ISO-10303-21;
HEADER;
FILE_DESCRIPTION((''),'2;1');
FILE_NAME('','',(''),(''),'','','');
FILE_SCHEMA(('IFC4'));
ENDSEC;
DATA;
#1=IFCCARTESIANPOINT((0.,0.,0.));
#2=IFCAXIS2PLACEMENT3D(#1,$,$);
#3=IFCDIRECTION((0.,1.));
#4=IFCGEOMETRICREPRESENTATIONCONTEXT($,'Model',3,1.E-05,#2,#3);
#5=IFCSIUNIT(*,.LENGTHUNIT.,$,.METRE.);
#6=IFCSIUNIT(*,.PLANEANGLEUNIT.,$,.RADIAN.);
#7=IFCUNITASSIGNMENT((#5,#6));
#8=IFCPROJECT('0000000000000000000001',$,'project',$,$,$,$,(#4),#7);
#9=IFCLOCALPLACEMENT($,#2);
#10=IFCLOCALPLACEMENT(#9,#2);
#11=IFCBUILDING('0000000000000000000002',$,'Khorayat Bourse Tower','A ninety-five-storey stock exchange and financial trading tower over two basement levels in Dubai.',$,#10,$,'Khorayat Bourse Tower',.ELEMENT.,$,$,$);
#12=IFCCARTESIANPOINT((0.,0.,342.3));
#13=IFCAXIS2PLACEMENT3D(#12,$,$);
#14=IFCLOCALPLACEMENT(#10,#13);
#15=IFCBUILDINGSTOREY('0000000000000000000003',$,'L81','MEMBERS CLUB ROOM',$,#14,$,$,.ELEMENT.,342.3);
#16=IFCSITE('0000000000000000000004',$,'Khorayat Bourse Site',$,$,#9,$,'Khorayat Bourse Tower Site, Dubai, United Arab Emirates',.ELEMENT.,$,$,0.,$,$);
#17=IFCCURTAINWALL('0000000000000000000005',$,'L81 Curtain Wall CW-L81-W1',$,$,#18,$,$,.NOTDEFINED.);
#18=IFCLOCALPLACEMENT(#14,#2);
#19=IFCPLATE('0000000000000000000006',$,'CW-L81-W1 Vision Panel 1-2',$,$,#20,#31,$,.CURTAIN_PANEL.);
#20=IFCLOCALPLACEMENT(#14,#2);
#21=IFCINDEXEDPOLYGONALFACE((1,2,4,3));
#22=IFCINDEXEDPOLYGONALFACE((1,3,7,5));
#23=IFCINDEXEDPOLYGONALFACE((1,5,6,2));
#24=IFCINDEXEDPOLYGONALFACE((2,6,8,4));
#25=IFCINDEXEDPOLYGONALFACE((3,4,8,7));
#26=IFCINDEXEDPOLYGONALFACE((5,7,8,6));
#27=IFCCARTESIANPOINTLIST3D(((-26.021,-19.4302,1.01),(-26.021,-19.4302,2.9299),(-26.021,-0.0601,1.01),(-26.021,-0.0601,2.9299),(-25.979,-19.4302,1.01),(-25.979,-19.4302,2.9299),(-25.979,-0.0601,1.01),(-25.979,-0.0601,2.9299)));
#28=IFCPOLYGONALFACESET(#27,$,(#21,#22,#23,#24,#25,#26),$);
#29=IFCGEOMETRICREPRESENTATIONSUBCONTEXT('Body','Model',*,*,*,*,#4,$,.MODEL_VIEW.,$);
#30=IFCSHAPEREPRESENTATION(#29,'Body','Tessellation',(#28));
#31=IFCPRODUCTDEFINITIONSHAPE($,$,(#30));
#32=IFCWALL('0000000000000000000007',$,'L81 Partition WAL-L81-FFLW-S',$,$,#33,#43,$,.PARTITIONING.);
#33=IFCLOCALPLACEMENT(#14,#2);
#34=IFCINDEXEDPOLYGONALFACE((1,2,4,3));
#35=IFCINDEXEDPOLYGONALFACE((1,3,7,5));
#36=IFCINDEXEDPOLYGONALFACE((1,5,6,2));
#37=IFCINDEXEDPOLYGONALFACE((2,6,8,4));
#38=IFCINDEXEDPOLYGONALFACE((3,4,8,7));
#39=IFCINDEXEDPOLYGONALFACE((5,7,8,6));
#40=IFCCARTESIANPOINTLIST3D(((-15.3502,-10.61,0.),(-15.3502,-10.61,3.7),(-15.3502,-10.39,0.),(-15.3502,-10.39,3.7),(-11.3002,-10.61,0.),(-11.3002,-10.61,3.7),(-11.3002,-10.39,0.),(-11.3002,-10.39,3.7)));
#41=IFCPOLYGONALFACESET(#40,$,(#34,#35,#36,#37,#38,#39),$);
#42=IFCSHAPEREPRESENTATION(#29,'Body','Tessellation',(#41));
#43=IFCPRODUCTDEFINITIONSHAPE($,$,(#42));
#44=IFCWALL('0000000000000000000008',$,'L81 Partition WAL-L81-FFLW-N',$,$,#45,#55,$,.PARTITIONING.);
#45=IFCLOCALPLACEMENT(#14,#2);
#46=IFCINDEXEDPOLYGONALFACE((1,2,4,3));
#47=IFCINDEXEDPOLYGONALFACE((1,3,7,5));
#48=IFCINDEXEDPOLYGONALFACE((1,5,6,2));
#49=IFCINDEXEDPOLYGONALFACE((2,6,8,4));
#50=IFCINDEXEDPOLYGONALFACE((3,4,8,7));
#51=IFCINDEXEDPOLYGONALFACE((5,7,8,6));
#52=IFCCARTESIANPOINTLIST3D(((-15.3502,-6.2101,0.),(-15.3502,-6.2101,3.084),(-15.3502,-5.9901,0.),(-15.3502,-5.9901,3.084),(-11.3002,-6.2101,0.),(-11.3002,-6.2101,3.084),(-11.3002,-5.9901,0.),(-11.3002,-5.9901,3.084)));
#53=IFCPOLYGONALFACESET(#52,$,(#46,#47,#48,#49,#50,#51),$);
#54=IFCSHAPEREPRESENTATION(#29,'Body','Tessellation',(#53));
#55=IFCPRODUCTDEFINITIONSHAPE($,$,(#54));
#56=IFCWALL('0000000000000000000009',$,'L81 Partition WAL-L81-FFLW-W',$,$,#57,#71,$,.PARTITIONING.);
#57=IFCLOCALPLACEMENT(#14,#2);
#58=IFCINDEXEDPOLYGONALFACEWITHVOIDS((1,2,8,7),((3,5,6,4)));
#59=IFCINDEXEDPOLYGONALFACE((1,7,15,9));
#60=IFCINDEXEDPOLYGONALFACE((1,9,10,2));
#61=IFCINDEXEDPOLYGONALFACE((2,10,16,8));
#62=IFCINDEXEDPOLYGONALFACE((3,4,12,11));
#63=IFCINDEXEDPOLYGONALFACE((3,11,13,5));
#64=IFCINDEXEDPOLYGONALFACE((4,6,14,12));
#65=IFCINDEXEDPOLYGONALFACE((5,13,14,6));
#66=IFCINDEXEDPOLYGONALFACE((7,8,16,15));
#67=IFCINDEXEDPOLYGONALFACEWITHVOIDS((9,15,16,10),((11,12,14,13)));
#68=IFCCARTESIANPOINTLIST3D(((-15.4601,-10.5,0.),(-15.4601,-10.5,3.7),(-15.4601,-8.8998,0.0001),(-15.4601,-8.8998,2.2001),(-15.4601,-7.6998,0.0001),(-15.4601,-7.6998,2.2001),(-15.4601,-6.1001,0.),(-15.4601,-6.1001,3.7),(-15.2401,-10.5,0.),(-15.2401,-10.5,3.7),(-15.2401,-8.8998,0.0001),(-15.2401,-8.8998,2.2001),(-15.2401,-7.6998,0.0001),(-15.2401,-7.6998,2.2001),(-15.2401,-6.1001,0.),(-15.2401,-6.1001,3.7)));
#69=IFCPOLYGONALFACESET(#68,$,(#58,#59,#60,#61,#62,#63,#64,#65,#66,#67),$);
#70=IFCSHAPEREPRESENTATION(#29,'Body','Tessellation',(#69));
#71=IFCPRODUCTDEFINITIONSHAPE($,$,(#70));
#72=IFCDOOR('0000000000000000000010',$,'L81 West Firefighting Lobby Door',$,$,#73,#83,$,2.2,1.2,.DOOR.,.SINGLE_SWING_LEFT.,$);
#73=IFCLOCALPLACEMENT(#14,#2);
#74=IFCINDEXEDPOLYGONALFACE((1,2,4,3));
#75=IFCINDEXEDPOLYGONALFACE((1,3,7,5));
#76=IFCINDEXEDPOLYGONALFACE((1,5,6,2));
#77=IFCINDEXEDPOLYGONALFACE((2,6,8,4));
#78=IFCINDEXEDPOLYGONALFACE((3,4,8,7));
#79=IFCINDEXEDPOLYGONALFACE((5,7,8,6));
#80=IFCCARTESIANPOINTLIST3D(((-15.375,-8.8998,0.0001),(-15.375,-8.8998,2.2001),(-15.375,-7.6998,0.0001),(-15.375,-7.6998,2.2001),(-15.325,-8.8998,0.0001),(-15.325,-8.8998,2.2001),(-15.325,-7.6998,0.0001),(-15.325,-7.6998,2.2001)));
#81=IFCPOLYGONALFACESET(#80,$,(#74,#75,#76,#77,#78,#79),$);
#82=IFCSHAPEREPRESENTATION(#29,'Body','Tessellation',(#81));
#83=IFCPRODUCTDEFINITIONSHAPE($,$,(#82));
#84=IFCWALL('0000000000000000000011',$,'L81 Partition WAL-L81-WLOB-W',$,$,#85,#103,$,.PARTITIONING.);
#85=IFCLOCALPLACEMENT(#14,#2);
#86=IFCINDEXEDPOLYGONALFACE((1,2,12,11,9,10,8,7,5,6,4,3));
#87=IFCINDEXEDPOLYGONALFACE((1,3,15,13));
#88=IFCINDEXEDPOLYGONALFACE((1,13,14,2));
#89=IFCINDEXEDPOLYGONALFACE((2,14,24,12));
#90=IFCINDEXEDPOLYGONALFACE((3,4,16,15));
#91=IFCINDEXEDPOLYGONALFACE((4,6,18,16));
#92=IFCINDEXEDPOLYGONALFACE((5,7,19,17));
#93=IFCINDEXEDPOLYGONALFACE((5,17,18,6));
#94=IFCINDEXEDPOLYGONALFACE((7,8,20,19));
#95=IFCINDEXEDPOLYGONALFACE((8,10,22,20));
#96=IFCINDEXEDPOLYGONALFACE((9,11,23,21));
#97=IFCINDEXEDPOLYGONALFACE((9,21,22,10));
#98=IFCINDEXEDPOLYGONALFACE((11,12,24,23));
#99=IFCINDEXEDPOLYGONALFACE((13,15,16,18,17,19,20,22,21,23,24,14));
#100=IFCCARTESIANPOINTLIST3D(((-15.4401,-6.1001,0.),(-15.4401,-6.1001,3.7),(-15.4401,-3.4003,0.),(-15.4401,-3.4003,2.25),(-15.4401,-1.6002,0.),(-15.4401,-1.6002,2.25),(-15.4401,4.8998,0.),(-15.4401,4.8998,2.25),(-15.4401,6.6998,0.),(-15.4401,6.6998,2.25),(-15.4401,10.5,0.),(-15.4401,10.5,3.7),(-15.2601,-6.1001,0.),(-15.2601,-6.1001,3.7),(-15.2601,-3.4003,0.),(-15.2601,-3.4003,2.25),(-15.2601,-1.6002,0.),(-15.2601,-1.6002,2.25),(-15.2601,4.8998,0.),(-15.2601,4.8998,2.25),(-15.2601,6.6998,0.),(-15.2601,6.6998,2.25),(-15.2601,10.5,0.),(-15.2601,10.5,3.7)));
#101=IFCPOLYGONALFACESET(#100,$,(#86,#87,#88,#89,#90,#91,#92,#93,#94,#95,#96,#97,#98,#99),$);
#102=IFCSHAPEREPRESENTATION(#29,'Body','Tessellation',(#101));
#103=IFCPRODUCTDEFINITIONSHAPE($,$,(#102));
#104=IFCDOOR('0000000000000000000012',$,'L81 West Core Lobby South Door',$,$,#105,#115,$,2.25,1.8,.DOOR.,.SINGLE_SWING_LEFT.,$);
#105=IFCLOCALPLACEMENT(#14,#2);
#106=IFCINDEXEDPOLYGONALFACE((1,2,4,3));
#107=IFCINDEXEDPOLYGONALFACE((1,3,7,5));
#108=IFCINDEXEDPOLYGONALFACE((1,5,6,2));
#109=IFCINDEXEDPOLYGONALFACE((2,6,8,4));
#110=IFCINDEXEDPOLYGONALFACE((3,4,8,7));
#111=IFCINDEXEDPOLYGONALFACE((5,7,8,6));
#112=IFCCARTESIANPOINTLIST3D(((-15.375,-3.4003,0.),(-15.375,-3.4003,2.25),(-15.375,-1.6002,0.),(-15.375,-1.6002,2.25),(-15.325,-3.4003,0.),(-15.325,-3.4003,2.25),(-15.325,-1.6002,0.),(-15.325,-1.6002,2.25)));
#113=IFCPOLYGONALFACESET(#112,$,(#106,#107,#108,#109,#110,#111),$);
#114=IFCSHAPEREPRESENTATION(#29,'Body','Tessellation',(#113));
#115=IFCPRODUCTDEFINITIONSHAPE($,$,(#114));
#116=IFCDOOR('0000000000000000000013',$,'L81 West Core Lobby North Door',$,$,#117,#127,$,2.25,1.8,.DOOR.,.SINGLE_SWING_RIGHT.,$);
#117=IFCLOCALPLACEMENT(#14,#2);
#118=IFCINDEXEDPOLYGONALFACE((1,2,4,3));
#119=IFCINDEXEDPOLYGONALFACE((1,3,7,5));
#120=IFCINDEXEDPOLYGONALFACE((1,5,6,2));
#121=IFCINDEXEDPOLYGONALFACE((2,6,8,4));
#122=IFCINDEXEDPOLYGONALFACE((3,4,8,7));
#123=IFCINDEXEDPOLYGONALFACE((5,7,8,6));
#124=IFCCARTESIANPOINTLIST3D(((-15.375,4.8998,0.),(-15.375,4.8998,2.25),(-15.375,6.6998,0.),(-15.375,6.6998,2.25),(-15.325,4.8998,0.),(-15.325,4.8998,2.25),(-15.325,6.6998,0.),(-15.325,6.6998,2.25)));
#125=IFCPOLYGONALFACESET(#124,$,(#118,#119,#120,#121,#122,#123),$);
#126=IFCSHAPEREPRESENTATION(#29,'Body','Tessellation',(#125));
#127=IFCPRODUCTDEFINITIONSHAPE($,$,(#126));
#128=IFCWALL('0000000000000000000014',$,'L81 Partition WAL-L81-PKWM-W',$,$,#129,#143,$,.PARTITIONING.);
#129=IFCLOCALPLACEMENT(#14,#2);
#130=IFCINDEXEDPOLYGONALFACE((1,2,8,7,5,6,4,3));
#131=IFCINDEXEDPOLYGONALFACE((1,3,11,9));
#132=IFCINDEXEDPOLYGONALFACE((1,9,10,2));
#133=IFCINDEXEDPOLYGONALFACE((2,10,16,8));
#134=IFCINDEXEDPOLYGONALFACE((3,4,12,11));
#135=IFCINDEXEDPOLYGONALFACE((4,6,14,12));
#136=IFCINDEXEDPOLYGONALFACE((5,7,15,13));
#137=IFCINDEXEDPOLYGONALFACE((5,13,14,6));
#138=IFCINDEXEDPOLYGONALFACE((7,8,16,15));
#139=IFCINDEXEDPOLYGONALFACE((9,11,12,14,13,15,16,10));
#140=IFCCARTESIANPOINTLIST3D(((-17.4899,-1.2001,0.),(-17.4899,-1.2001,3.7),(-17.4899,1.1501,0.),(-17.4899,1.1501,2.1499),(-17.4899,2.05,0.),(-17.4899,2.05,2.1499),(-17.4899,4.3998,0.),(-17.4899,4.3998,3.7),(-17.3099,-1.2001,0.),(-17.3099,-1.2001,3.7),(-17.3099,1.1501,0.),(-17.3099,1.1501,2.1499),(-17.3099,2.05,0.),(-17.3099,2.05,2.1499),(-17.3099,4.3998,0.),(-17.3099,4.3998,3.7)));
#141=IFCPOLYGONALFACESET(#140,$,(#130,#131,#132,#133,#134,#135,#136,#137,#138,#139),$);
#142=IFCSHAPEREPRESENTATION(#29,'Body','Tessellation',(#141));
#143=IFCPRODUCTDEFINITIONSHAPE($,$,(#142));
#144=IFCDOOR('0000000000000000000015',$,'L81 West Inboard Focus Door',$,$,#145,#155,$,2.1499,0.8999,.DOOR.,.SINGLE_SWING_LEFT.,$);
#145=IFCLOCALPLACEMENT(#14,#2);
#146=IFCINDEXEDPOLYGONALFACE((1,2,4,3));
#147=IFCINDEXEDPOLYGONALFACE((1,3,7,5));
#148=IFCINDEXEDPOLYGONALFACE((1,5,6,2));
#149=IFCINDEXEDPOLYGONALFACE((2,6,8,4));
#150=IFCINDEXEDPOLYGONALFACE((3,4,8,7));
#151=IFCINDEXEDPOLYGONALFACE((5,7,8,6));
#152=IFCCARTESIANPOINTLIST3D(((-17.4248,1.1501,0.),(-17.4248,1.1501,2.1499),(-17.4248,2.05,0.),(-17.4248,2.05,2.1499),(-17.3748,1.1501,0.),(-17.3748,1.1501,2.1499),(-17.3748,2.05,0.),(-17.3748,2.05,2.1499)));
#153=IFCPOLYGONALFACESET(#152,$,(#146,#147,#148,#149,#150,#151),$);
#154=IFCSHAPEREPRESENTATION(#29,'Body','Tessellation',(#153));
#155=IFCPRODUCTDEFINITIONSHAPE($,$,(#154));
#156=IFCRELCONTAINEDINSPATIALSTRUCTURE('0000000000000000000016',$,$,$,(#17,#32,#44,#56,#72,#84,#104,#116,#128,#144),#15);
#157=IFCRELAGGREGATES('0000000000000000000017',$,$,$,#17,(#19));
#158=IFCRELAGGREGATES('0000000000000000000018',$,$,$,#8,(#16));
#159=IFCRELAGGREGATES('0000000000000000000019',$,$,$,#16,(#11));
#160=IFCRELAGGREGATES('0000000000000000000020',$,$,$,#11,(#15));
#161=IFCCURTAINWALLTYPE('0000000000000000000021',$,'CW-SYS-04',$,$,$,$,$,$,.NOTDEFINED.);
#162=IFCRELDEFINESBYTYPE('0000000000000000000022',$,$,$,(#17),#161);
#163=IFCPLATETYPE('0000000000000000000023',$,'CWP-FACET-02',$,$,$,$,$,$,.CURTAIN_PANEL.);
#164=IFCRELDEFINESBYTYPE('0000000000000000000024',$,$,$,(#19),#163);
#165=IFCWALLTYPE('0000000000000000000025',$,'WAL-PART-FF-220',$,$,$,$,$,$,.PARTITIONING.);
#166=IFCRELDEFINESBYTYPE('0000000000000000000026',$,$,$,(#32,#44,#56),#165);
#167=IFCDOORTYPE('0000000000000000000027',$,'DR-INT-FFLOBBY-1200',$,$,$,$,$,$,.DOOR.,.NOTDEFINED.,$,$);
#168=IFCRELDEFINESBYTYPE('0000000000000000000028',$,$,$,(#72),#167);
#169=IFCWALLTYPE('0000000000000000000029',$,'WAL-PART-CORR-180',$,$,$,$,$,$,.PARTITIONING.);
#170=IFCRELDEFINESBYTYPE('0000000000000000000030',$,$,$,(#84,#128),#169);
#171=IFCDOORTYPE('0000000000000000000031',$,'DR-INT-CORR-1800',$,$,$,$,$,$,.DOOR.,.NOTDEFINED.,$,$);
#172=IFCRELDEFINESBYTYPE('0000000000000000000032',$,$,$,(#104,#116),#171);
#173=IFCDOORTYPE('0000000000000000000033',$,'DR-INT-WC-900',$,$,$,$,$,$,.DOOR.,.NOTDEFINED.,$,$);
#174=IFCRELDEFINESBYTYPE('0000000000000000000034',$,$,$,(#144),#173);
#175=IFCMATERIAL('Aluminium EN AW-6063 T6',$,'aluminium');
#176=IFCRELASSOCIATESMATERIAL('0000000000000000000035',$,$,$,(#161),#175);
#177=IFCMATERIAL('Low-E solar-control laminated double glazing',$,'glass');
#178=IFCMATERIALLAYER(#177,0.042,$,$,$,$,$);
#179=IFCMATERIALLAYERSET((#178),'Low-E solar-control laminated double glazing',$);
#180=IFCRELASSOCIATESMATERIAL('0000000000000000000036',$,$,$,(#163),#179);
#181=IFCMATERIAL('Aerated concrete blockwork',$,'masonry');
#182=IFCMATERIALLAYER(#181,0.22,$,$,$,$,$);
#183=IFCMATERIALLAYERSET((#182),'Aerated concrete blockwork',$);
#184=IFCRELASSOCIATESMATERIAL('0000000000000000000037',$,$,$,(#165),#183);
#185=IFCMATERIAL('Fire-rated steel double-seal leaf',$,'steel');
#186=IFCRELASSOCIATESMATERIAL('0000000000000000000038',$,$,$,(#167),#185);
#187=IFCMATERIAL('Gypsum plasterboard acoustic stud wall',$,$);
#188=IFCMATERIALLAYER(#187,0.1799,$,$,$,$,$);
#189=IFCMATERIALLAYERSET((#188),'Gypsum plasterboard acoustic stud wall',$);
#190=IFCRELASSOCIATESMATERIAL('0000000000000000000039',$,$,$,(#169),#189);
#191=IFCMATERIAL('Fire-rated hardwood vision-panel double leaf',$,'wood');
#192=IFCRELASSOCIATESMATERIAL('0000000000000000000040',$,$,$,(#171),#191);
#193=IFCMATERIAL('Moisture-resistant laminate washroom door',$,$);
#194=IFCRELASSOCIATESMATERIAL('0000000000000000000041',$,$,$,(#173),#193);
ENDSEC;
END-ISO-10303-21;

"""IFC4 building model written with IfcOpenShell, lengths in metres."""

from ifc_helpers import new_model, si_unit, direction, frame, frame_2d, origin, origin_2d, place, context, subcontext, project, spatial, rectangle, extrude, source, transform, mapped, material, layer, layer_set, type_object, element, fill, aggregate, save


model = new_model("IFC4")

# Units and contexts
model_context = context("Model", 3, precision=1e-05, world=origin(), true_north=direction((0.0, 1.0)))
body_context = subcontext(model_context, "Body", "Model", "MODEL_VIEW")
ifc_project = project(units=[si_unit("LENGTHUNIT", "METRE"), si_unit("PLANEANGLEUNIT", "RADIAN")], contexts=[model_context])

# Site, building, storey
site_placement = place(None, origin())
site = spatial("IfcSite", under=ifc_project, at=site_placement, Name="Khorayat Bourse Site", LongName="Khorayat Bourse Tower Site, Dubai, United Arab Emirates", CompositionType="ELEMENT", RefElevation=0.0)
building_placement = place(site_placement, origin())
building = spatial("IfcBuilding", under=site, at=building_placement, Name="Khorayat Bourse Tower", Description="A ninety-five-storey stock exchange and financial trading tower over two basement levels in Dubai.", LongName="Khorayat Bourse Tower", CompositionType="ELEMENT")
storey_placement = place(building_placement, frame((0.0, 0.0, 342.3)))
storey = spatial("IfcBuildingStorey", under=building, at=storey_placement, Name="L81", Description="MEMBERS CLUB ROOM", CompositionType="ELEMENT", Elevation=342.3)

# Curtain wall
ifc_material_1 = material(Name="Aluminium EN AW-6063 T6", Category="aluminium")
curtain_wall_type = type_object("IfcCurtainWallType", Name="CW-SYS-04", PredefinedType="NOTDEFINED", material=ifc_material_1)
curtain_wall_placement = place(storey_placement, origin())
curtain_wall = element("IfcCurtainWall", 1, at=curtain_wall_placement, inside=storey, type_object=curtain_wall_type, Name="L81 Curtain Wall CW-L81-W1", PredefinedType="NOTDEFINED")

# Plate
ifc_material_2 = material(Name="Low-E solar-control laminated double glazing", Category="glass")
ifc_layer_1 = layer(ifc_material_2, 0.042)
ifc_layer_set_1 = layer_set([ifc_layer_1], Name="Low-E solar-control laminated double glazing")
plate_type_1 = type_object("IfcPlateType", Name="CWP-FACET-02", PredefinedType="CURTAIN_PANEL", material=ifc_layer_set_1)
shared_shape_1 = source(origin(), body_context, "Body", "SweptSolid", [
    extrude(rectangle(XDim=19.3701, YDim=0.042, at=origin_2d()), origin(), (0.0, 0.0, 1.0), 1.9199),
])
plate_1_placement = place(storey_placement, frame((-26.0, -9.7451, 1.01), z_axis=(0.0, 0.0, 1.0), x_axis=(0.0, 1.0, 0.0)))
plate_1 = element("IfcPlate", 2, at=plate_1_placement, type_object=plate_type_1, Name="CW-L81-W1 Vision Panel 1-2", PredefinedType="CURTAIN_PANEL", context=body_context, shape_type="MappedRepresentation", body=[
    mapped(shared_shape_1, transform((0.0, 0.0, 0.0), scale=1.0)),
])
aggregate(curtain_wall, [plate_1])

# Walls
ifc_material_3 = material(Name="Aerated concrete blockwork", Category="masonry")
ifc_layer_2 = layer(ifc_material_3, 0.22)
ifc_layer_set_2 = layer_set([ifc_layer_2], Name="Aerated concrete blockwork")
wall_type_1 = type_object("IfcWallType", Name="WAL-PART-FF-220", PredefinedType="PARTITIONING", material=ifc_layer_set_2)
shared_shape_2 = source(origin(), body_context, "Body", "SweptSolid", [
    extrude(rectangle(XDim=4.05, YDim=0.22, at=frame_2d((2.0249, 0.0))), origin(), (0.0, 0.0, 1.0), 3.7),
])
wall_1_placement = place(storey_placement, frame((-15.3501, -10.5, 0.0), z_axis=(0.0, 0.0, 1.0), x_axis=(1.0, 0.0, 0.0)))
element("IfcWall", 3, at=wall_1_placement, inside=storey, type_object=wall_type_1, Name="L81 Partition WAL-L81-FFLW-S", PredefinedType="PARTITIONING", context=body_context, shape_type="MappedRepresentation", body=[
    mapped(shared_shape_2, transform((0.0, 0.0, 0.0), scale=1.0)),
])
shared_shape_3 = source(origin(), body_context, "Body", "SweptSolid", [
    extrude(rectangle(XDim=4.05, YDim=0.22, at=frame_2d((2.0249, 0.0))), origin(), (0.0, 0.0, 1.0), 3.084),
])
wall_2_placement = place(storey_placement, frame((-15.3501, -6.1001, 0.0), z_axis=(0.0, 0.0, 1.0), x_axis=(1.0, 0.0, 0.0)))
element("IfcWall", 4, at=wall_2_placement, inside=storey, type_object=wall_type_1, Name="L81 Partition WAL-L81-FFLW-N", PredefinedType="PARTITIONING", context=body_context, shape_type="MappedRepresentation", body=[
    mapped(shared_shape_3, transform((0.0, 0.0, 0.0), scale=1.0)),
])

# Wall, opening, door
shared_shape_4 = source(origin(), body_context, "Body", "SweptSolid", [
    extrude(rectangle(XDim=4.3999, YDim=0.22, at=frame_2d((2.2, 0.0))), origin(), (0.0, 0.0, 1.0), 3.7),
])
wall_3_placement = place(storey_placement, frame((-15.3501, -10.5, 0.0), z_axis=(0.0, 0.0, 1.0), x_axis=(0.0, 1.0, 0.0)))
wall_3 = element("IfcWall", 5, at=wall_3_placement, inside=storey, type_object=wall_type_1, Name="L81 Partition WAL-L81-FFLW-W", PredefinedType="PARTITIONING", context=body_context, shape_type="MappedRepresentation", body=[
    mapped(shared_shape_4, transform((0.0, 0.0, 0.0), scale=1.0)),
])
shared_shape_5 = source(origin(), body_context, "Body", "SweptSolid", [
    extrude(rectangle(XDim=1.2, YDim=2.2, at=frame_2d((0.6001, 1.1001))), frame((0.0, 0.1199, 0.0), z_axis=(0.0, -1.0, 0.0), x_axis=(1.0, 0.0, 0.0)), (0.0, 0.0, 1.0), 0.24),
])
opening_1_placement = place(wall_3_placement, frame((1.6001, 0.0, 0.0)))
opening_1 = element("IfcOpeningElement", 6, at=opening_1_placement, cuts=wall_3, PredefinedType="OPENING", context=body_context, shape_type="MappedRepresentation", body=[
    mapped(shared_shape_5, transform((0.0, 0.0, 0.0), scale=1.0)),
])
ifc_material_4 = material(Name="Fire-rated steel double-seal leaf", Category="steel")
door_type_1 = type_object("IfcDoorType", Name="DR-INT-FFLOBBY-1200", OperationType="NOTDEFINED", PredefinedType="DOOR", material=ifc_material_4)
shared_shape_6 = source(origin(), body_context, "Body", "SweptSolid", [
    extrude(rectangle(XDim=1.2, YDim=2.2, at=frame_2d((0.6001, 1.1001))), frame((0.0, 0.0249, 0.0), z_axis=(0.0, -1.0, 0.0), x_axis=(1.0, 0.0, 0.0)), (0.0, 0.0, 1.0), 0.05),
])
door_1_placement = place(opening_1_placement, origin())
door_1 = element("IfcDoor", 7, at=door_1_placement, inside=storey, type_object=door_type_1, Name="L81 West Firefighting Lobby Door", OperationType="SINGLE_SWING_LEFT", OverallHeight=2.2, OverallWidth=1.2, PredefinedType="DOOR", context=body_context, shape_type="MappedRepresentation", body=[
    mapped(shared_shape_6, transform((0.0, 0.0, 0.0), scale=1.0)),
])
fill(opening_1, door_1)

# Wall, openings, doors
ifc_material_5 = material(Name="Gypsum plasterboard acoustic stud wall")
ifc_layer_3 = layer(ifc_material_5, 0.1799)
ifc_layer_set_3 = layer_set([ifc_layer_3], Name="Gypsum plasterboard acoustic stud wall")
wall_type_2 = type_object("IfcWallType", Name="WAL-PART-CORR-180", PredefinedType="PARTITIONING", material=ifc_layer_set_3)
shared_shape_7 = source(origin(), body_context, "Body", "SweptSolid", [
    extrude(rectangle(XDim=16.6001, YDim=0.1799, at=frame_2d((8.3, 0.0))), origin(), (0.0, 0.0, 1.0), 3.7),
])
wall_4_placement = place(storey_placement, frame((-15.3501, -6.1001, 0.0), z_axis=(0.0, 0.0, 1.0), x_axis=(0.0, 1.0, 0.0)))
wall_4 = element("IfcWall", 8, at=wall_4_placement, inside=storey, type_object=wall_type_2, Name="L81 Partition WAL-L81-WLOB-W", PredefinedType="PARTITIONING", context=body_context, shape_type="MappedRepresentation", body=[
    mapped(shared_shape_7, transform((0.0, 0.0, 0.0), scale=1.0)),
])
shared_shape_8 = source(origin(), body_context, "Body", "SweptSolid", [
    extrude(rectangle(XDim=1.8, YDim=2.25, at=frame_2d((0.8999, 1.125))), frame((0.0, 0.0999, 0.0), z_axis=(0.0, -1.0, 0.0), x_axis=(1.0, 0.0, 0.0)), (0.0, 0.0, 1.0), 0.2),
])
opening_2_placement = place(wall_4_placement, frame((2.7, 0.0, 0.0)))
opening_2 = element("IfcOpeningElement", 9, at=opening_2_placement, cuts=wall_4, PredefinedType="OPENING", context=body_context, shape_type="MappedRepresentation", body=[
    mapped(shared_shape_8, transform((0.0, 0.0, 0.0), scale=1.0)),
])
opening_3_placement = place(wall_4_placement, frame((11.0, 0.0, 0.0)))
opening_3 = element("IfcOpeningElement", 10, at=opening_3_placement, cuts=wall_4, PredefinedType="OPENING", context=body_context, shape_type="MappedRepresentation", body=[
    mapped(shared_shape_8, transform((0.0, 0.0, 0.0), scale=1.0)),
])
ifc_material_6 = material(Name="Fire-rated hardwood vision-panel double leaf", Category="wood")
door_type_2 = type_object("IfcDoorType", Name="DR-INT-CORR-1800", OperationType="NOTDEFINED", PredefinedType="DOOR", material=ifc_material_6)
shared_shape_9 = source(origin(), body_context, "Body", "SweptSolid", [
    extrude(rectangle(XDim=1.8, YDim=2.25, at=frame_2d((0.8999, 1.125))), frame((0.0, 0.0249, 0.0), z_axis=(0.0, -1.0, 0.0), x_axis=(1.0, 0.0, 0.0)), (0.0, 0.0, 1.0), 0.05),
])
door_2_placement = place(opening_2_placement, origin())
door_2 = element("IfcDoor", 11, at=door_2_placement, inside=storey, type_object=door_type_2, Name="L81 West Core Lobby South Door", OperationType="SINGLE_SWING_LEFT", OverallHeight=2.25, OverallWidth=1.8, PredefinedType="DOOR", context=body_context, shape_type="MappedRepresentation", body=[
    mapped(shared_shape_9, transform((0.0, 0.0, 0.0), scale=1.0)),
])
fill(opening_2, door_2)
door_3_placement = place(opening_3_placement, origin())
door_3 = element("IfcDoor", 12, at=door_3_placement, inside=storey, type_object=door_type_2, Name="L81 West Core Lobby North Door", OperationType="SINGLE_SWING_RIGHT", OverallHeight=2.25, OverallWidth=1.8, PredefinedType="DOOR", context=body_context, shape_type="MappedRepresentation", body=[
    mapped(shared_shape_9, transform((0.0, 0.0, 0.0), scale=1.0)),
])
fill(opening_3, door_3)

# Wall, opening, door
shared_shape_10 = source(origin(), body_context, "Body", "SweptSolid", [
    extrude(rectangle(XDim=5.5999, YDim=0.1799, at=frame_2d((2.7998, 0.0))), origin(), (0.0, 0.0, 1.0), 3.7),
])
wall_5_placement = place(storey_placement, frame((-17.3999, -1.2, 0.0), z_axis=(0.0, 0.0, 1.0), x_axis=(0.0, 1.0, 0.0)))
wall_5 = element("IfcWall", 13, at=wall_5_placement, inside=storey, type_object=wall_type_2, Name="L81 Partition WAL-L81-PKWM-W", PredefinedType="PARTITIONING", context=body_context, shape_type="MappedRepresentation", body=[
    mapped(shared_shape_10, transform((0.0, 0.0, 0.0), scale=1.0)),
])
shared_shape_11 = source(origin(), body_context, "Body", "SweptSolid", [
    extrude(rectangle(XDim=0.8999, YDim=2.1499, at=frame_2d((0.45, 1.075))), frame((0.0, 0.0999, 0.0), z_axis=(0.0, -1.0, 0.0), x_axis=(1.0, 0.0, 0.0)), (0.0, 0.0, 1.0), 0.2),
])
opening_4_placement = place(wall_5_placement, frame((2.3501, 0.0, 0.0)))
opening_4 = element("IfcOpeningElement", 14, at=opening_4_placement, cuts=wall_5, PredefinedType="OPENING", context=body_context, shape_type="MappedRepresentation", body=[
    mapped(shared_shape_11, transform((0.0, 0.0, 0.0), scale=1.0)),
])
ifc_material_7 = material(Name="Moisture-resistant laminate washroom door")
door_type_3 = type_object("IfcDoorType", Name="DR-INT-WC-900", OperationType="NOTDEFINED", PredefinedType="DOOR", material=ifc_material_7)
shared_shape_12 = source(origin(), body_context, "Body", "SweptSolid", [
    extrude(rectangle(XDim=0.8999, YDim=2.1499, at=frame_2d((0.45, 1.075))), frame((0.0, 0.0249, 0.0), z_axis=(0.0, -1.0, 0.0), x_axis=(1.0, 0.0, 0.0)), (0.0, 0.0, 1.0), 0.05),
])
door_4_placement = place(opening_4_placement, origin())
door_4 = element("IfcDoor", 15, at=door_4_placement, inside=storey, type_object=door_type_3, Name="L81 West Inboard Focus Door", OperationType="SINGLE_SWING_LEFT", OverallHeight=2.1499, OverallWidth=0.8999, PredefinedType="DOOR", context=body_context, shape_type="MappedRepresentation", body=[
    mapped(shared_shape_12, transform((0.0, 0.0, 0.0), scale=1.0)),
])
fill(opening_4, door_4)

save(model, "model.ifc")
